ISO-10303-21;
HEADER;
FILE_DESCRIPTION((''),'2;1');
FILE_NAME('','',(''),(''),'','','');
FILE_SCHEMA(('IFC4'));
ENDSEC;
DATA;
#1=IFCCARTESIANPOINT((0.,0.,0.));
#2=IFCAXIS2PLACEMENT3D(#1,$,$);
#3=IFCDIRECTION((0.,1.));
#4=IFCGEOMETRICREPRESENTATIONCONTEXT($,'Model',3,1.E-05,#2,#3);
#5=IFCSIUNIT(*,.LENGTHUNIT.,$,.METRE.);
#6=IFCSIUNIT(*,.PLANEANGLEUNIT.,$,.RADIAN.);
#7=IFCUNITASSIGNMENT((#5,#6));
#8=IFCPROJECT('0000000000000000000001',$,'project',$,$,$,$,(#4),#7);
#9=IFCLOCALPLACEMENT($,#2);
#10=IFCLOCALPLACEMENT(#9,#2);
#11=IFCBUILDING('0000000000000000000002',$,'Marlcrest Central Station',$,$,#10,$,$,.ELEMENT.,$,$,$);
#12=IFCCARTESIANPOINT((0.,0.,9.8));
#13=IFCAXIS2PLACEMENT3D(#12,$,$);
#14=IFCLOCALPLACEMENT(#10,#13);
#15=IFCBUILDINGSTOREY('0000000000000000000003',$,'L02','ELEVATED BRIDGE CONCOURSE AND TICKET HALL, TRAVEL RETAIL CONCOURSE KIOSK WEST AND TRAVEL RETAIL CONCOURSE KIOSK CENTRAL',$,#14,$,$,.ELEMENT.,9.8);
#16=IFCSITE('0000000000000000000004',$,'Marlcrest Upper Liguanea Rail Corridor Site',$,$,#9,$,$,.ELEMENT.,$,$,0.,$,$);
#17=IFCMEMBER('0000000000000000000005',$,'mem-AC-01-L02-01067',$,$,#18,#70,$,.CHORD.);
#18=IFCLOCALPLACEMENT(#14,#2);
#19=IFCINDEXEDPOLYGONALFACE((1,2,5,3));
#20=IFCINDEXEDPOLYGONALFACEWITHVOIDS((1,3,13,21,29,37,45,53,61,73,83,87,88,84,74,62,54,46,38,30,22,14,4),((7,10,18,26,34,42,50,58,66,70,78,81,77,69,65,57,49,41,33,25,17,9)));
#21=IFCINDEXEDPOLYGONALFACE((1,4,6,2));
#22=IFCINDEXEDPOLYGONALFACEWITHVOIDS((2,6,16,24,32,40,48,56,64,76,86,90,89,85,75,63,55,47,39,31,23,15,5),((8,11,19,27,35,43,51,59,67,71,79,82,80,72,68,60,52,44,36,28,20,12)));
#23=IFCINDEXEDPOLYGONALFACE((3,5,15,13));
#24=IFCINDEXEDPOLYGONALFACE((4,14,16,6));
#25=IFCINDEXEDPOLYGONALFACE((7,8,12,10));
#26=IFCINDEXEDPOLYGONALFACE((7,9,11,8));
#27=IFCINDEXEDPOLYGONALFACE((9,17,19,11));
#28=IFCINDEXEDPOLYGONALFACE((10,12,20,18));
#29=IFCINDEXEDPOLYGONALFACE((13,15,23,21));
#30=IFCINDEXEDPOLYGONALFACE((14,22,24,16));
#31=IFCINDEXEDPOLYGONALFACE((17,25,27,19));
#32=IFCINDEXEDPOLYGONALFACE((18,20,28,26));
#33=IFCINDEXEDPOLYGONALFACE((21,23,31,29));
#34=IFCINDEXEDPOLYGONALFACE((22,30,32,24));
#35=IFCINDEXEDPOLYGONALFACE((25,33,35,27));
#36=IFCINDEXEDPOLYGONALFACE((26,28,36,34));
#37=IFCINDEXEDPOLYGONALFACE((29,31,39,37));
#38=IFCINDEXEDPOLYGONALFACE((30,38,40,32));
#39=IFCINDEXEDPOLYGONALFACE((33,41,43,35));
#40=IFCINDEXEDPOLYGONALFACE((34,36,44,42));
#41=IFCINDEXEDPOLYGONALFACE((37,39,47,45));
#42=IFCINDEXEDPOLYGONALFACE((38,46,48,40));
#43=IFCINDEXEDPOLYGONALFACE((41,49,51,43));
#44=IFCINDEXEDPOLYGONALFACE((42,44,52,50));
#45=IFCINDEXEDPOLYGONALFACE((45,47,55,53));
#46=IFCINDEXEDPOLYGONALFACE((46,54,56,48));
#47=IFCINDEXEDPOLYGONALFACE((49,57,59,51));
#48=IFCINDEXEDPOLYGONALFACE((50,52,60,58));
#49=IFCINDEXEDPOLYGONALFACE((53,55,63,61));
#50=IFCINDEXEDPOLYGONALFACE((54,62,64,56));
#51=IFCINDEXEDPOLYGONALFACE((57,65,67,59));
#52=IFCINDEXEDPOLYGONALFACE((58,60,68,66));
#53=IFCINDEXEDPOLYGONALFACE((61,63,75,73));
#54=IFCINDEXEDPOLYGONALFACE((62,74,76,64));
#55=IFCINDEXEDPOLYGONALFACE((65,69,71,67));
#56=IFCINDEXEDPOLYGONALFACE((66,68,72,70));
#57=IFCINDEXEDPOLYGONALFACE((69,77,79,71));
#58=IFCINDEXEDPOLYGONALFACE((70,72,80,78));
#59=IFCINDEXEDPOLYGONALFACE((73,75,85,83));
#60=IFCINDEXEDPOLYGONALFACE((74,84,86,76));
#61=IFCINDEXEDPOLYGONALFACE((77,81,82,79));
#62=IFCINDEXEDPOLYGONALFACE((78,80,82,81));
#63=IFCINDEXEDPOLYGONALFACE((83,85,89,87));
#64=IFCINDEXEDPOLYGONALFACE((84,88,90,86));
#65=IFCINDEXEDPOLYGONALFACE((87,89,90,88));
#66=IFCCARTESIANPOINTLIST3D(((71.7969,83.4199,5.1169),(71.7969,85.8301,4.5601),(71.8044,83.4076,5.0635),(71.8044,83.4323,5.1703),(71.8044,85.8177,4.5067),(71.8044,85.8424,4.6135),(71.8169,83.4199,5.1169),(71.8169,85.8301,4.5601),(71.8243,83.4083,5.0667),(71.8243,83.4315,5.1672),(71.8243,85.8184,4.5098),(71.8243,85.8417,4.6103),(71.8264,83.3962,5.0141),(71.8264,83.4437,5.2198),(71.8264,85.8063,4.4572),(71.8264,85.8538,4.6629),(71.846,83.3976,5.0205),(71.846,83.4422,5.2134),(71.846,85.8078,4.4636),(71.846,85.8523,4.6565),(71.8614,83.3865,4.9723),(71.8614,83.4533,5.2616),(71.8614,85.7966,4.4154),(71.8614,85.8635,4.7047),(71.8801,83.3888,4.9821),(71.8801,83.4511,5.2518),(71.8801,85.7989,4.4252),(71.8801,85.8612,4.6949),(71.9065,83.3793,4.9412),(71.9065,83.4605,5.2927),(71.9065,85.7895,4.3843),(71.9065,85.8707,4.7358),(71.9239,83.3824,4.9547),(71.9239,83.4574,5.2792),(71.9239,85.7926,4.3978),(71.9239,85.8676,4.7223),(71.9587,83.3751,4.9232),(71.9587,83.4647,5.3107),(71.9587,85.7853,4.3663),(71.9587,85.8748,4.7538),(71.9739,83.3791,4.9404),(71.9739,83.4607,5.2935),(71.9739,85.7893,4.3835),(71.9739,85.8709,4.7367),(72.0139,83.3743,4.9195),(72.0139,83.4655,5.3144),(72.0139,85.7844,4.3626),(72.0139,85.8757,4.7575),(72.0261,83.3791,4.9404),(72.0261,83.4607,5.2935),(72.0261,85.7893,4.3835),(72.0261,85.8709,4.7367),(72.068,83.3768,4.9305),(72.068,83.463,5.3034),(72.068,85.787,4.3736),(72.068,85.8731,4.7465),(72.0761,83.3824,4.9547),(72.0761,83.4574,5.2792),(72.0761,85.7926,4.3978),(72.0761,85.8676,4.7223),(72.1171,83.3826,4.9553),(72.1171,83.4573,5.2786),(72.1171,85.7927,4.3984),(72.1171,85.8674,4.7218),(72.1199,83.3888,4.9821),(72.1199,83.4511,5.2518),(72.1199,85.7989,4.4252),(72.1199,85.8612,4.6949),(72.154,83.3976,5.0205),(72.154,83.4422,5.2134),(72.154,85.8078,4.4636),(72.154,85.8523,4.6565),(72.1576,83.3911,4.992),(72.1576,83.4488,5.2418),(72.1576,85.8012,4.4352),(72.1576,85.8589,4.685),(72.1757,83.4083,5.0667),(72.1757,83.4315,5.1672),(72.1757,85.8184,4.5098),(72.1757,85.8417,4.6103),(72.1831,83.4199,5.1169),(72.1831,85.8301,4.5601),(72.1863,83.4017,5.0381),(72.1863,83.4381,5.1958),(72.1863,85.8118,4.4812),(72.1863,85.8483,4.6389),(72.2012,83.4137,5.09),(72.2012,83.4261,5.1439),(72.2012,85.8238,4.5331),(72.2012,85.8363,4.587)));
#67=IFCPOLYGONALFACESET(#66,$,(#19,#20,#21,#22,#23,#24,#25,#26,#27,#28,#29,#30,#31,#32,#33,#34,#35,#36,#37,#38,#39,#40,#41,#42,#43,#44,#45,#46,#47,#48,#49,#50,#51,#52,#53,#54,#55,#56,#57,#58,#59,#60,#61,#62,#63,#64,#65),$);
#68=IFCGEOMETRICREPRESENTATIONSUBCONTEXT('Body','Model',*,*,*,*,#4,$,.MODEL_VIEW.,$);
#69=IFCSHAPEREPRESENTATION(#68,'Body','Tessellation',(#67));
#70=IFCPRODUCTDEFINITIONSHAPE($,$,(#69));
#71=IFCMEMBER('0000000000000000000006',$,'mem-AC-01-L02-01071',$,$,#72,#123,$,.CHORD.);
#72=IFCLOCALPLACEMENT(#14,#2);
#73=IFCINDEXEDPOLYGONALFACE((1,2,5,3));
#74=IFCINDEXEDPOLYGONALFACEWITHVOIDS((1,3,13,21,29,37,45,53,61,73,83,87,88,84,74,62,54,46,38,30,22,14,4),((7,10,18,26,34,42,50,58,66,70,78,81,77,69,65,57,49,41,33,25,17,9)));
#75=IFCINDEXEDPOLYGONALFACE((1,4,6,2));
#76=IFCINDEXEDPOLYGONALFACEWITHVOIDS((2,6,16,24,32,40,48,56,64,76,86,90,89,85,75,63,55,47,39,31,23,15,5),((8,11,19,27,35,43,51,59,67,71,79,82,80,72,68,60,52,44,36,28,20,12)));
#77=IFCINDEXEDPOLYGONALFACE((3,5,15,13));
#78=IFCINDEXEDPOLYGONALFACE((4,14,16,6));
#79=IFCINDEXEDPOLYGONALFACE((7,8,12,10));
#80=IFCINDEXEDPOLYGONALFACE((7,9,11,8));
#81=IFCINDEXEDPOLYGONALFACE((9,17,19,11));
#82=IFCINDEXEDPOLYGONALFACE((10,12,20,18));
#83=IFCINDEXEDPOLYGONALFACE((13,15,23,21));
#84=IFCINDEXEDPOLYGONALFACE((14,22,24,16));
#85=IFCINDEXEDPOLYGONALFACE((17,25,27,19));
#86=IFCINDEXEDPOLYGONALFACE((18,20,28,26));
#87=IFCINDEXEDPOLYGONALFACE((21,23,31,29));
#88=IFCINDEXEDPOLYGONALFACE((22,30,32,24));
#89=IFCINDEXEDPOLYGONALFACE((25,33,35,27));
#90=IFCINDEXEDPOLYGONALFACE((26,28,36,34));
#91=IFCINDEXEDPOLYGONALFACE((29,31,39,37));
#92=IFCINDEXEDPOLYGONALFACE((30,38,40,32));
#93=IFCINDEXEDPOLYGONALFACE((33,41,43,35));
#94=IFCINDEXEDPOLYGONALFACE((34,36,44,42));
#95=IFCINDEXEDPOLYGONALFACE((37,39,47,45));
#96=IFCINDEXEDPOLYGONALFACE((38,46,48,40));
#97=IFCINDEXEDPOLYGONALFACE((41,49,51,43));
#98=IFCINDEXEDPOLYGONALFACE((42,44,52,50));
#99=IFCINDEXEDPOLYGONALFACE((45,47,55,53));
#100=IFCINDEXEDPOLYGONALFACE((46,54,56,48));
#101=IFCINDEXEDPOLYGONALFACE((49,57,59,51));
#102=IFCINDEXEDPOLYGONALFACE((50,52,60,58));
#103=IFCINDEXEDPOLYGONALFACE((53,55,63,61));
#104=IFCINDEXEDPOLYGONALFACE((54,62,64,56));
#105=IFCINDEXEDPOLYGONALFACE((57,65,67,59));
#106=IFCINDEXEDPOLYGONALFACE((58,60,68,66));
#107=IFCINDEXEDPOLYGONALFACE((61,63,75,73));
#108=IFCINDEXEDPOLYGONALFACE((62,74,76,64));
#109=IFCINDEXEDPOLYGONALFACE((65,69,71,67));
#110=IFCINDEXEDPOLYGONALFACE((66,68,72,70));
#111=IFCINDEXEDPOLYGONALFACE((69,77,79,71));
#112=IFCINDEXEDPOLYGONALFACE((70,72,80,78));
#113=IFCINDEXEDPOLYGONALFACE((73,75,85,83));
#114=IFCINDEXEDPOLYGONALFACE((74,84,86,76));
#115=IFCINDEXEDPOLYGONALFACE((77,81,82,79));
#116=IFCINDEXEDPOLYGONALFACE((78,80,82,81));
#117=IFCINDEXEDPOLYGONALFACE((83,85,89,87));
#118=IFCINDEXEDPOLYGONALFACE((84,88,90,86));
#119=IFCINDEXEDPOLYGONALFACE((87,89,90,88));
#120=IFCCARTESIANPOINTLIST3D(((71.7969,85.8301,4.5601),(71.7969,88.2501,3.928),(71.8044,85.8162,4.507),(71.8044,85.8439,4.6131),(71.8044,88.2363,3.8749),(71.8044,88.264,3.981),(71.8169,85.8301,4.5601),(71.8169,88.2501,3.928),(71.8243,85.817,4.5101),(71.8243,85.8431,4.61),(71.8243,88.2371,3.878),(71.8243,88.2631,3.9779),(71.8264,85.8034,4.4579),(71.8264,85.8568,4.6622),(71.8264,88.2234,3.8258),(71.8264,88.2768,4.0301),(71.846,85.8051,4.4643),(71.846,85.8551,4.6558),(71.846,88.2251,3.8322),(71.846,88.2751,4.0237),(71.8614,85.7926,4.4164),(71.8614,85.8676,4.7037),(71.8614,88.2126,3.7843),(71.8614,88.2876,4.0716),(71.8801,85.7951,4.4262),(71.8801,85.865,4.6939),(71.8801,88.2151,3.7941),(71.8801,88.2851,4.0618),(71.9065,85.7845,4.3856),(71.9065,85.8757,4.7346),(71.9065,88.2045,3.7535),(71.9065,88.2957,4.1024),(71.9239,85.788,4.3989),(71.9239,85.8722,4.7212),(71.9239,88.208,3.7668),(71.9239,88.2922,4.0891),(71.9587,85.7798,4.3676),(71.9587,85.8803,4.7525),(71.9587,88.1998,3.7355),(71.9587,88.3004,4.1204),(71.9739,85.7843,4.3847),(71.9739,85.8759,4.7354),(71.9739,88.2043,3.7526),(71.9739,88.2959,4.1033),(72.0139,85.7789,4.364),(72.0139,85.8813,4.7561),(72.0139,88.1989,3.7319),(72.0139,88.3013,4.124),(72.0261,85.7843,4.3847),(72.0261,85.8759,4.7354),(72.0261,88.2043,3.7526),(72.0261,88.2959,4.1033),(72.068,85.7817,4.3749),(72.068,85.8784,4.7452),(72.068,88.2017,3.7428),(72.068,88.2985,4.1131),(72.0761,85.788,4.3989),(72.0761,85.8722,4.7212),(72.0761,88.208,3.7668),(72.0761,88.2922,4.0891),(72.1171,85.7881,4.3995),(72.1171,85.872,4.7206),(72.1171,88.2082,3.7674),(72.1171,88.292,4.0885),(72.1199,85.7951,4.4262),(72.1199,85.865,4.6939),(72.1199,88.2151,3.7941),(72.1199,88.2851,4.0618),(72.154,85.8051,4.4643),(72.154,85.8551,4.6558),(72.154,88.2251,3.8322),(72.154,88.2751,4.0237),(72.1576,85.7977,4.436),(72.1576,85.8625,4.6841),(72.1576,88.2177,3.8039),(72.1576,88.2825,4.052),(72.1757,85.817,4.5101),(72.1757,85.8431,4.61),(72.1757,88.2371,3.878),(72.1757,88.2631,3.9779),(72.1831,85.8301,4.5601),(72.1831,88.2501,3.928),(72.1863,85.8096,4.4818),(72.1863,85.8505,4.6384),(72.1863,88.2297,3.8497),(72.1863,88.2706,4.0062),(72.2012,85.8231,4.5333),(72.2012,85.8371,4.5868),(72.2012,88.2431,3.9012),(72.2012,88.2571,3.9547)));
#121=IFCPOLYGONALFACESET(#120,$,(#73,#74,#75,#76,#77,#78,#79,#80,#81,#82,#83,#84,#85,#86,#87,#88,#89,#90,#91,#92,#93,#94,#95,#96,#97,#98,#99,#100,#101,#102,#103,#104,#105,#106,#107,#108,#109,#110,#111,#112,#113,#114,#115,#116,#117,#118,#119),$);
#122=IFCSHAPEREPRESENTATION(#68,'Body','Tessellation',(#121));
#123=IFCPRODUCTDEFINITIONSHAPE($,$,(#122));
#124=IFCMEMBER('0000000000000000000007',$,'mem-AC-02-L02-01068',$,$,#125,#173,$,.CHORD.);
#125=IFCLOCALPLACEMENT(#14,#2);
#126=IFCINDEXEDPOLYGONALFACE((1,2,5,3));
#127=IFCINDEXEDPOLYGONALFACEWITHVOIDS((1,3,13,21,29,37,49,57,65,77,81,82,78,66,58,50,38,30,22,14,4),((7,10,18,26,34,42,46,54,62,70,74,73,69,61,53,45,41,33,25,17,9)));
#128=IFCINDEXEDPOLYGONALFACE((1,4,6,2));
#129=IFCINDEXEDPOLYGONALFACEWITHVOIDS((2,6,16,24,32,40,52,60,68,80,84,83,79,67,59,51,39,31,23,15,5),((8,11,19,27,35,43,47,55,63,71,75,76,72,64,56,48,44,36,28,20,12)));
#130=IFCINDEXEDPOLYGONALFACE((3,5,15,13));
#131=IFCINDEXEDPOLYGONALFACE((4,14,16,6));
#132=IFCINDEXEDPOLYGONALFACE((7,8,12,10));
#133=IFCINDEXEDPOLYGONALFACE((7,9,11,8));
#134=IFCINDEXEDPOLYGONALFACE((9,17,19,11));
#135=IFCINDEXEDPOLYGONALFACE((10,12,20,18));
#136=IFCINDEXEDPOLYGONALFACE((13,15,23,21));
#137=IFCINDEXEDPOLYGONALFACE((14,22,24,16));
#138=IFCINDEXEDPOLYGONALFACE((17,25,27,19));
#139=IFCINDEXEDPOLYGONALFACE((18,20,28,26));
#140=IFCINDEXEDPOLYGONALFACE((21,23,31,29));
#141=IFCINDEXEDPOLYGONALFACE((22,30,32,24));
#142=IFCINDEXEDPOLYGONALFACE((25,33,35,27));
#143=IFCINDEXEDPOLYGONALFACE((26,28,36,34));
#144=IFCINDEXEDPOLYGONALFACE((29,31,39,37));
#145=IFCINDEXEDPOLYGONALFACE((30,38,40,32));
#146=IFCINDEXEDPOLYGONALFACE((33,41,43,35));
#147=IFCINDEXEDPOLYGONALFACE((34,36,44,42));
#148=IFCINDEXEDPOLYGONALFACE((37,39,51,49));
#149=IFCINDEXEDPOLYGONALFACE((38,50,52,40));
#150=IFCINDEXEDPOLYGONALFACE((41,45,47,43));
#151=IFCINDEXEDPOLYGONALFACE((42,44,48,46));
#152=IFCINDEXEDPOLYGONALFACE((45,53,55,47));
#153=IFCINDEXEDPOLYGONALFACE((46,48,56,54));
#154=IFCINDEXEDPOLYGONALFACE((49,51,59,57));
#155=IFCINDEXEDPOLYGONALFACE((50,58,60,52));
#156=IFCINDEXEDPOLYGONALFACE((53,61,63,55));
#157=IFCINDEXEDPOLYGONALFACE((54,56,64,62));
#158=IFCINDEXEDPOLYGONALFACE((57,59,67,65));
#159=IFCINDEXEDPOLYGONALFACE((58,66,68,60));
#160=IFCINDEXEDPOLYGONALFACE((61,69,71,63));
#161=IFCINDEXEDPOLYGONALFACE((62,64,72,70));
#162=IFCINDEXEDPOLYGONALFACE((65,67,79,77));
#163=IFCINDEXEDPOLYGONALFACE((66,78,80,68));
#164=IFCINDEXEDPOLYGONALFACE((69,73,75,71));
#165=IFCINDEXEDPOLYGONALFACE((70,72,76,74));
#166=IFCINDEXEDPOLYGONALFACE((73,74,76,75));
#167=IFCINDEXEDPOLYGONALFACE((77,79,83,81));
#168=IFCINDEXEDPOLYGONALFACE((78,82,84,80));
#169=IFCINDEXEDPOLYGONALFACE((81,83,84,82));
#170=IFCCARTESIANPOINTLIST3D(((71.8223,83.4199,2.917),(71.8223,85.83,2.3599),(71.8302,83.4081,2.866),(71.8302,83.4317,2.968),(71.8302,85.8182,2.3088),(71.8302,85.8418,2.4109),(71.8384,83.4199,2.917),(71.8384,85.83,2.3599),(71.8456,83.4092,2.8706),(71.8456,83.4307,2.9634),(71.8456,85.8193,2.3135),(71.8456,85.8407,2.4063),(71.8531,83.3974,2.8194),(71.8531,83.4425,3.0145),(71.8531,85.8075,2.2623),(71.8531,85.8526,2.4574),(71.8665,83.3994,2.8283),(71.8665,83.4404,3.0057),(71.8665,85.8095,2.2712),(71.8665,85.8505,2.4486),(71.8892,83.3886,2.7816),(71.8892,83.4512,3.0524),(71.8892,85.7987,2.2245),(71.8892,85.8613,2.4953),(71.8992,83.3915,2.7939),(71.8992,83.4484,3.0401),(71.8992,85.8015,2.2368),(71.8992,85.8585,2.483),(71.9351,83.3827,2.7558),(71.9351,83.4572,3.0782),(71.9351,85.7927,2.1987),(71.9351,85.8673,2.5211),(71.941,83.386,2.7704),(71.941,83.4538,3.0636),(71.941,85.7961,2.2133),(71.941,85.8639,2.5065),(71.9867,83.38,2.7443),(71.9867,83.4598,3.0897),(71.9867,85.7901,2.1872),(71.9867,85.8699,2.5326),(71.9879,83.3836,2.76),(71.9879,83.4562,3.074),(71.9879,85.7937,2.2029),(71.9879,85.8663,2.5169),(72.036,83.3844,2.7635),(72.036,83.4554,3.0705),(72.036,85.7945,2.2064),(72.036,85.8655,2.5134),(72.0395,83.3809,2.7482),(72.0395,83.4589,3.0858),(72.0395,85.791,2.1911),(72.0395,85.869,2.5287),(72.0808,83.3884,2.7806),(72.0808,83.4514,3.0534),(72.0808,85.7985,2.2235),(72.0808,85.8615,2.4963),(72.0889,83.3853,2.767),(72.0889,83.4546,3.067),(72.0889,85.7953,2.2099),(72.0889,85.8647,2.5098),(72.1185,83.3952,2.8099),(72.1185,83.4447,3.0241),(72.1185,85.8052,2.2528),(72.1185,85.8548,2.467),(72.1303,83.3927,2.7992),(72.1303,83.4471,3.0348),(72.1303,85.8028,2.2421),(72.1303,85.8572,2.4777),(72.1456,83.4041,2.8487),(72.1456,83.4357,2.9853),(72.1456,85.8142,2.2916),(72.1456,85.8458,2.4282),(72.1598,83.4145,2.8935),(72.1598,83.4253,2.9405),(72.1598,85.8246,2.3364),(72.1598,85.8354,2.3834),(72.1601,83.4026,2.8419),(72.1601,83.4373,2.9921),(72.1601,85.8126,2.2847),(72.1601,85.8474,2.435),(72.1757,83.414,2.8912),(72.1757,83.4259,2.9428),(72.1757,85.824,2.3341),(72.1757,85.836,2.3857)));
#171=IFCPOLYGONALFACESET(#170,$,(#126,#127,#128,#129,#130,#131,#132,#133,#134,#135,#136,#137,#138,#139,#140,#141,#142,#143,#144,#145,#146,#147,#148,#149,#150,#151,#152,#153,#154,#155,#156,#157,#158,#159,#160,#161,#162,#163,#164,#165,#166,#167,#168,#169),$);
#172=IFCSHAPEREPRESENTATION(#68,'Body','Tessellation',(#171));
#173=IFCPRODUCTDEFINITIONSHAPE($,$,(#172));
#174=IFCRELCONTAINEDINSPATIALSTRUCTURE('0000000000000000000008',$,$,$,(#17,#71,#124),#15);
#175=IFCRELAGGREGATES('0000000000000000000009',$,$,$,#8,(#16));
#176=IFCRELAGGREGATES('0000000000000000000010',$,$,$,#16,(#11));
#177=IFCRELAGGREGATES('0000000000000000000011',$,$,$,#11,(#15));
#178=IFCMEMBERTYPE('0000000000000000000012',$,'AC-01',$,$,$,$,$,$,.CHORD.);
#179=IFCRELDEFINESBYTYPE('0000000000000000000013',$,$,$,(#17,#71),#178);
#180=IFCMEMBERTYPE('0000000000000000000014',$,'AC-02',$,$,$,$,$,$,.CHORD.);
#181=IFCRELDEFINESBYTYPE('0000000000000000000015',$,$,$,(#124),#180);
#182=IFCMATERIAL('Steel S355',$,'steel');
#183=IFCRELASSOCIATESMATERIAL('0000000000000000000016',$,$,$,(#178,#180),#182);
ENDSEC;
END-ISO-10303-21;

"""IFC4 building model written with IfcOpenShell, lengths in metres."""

from ifc_helpers import new_model, si_unit, direction, frame, origin, origin_2d, place, context, subcontext, project, spatial, hollow_circle, extrude, material, material_profile, profile_set, type_object, element, save


model = new_model("IFC4")

# Units and contexts
model_context = context("Model", 3, precision=1e-05, world=origin(), true_north=direction((0.0, 1.0)))
body_context = subcontext(model_context, "Body", "Model", "MODEL_VIEW")
ifc_project = project(units=[si_unit("LENGTHUNIT", "METRE"), si_unit("PLANEANGLEUNIT", "RADIAN")], contexts=[model_context])

# Site, building, storey
site_placement = place(None, origin())
site = spatial("IfcSite", under=ifc_project, at=site_placement, Name="Marlcrest Upper Liguanea Rail Corridor Site", CompositionType="ELEMENT", RefElevation=0.0)
building_placement = place(site_placement, origin())
building = spatial("IfcBuilding", under=site, at=building_placement, Name="Marlcrest Central Station", CompositionType="ELEMENT")
storey_placement = place(building_placement, frame((0.0, 0.0, 9.8)))
storey = spatial("IfcBuildingStorey", under=building, at=storey_placement, Name="L02", Description="ELEVATED BRIDGE CONCOURSE AND TICKET HALL, TRAVEL RETAIL CONCOURSE KIOSK WEST AND TRAVEL RETAIL CONCOURSE KIOSK CENTRAL", CompositionType="ELEMENT", Elevation=9.8)

# Members
ifc_material_1 = material(Name="Steel S355", Category="steel")
ifc_material_profile_1 = material_profile(ifc_material_1, hollow_circle(Radius=0.2031, WallThickness=0.02, at=origin_2d()), Name="CHS 406.4x20")
ifc_profile_set_1 = profile_set([ifc_material_profile_1], Name="Steel S355")
member_type_1 = type_object("IfcMemberType", Name="AC-01", PredefinedType="CHORD", material=ifc_profile_set_1)
member_1_placement = place(storey_placement, frame((72.0, 83.4199, 5.1169), z_axis=(0.0, 0.97433, -0.225126), x_axis=(-1.0, 0.0, 0.0)))
element("IfcMember", 1, at=member_1_placement, inside=storey, type_object=member_type_1, Name="mem-AC-01-L02-01067", PredefinedType="CHORD", context=body_context, shape_type="SweptSolid", body=[
    extrude(hollow_circle(Radius=0.2031, WallThickness=0.02, at=origin_2d()), origin(), (0.0, 0.0, 1.0), 2.4736),
])
member_2_placement = place(storey_placement, frame((72.0, 85.8301, 4.5601), z_axis=(0.0, 0.967539, -0.25272), x_axis=(-1.0, 0.0, 0.0)))
element("IfcMember", 2, at=member_2_placement, inside=storey, type_object=member_type_1, Name="mem-AC-01-L02-01071", PredefinedType="CHORD", context=body_context, shape_type="SweptSolid", body=[
    extrude(hollow_circle(Radius=0.2031, WallThickness=0.02, at=origin_2d()), origin(), (0.0, 0.0, 1.0), 2.5012),
])
ifc_material_profile_2 = material_profile(ifc_material_1, hollow_circle(Radius=0.1777, WallThickness=0.0161, at=origin_2d()), Name="CHS 355.6x16")
ifc_profile_set_2 = profile_set([ifc_material_profile_2], Name="Steel S355")
member_type_2 = type_object("IfcMemberType", Name="AC-02", PredefinedType="CHORD", material=ifc_profile_set_2)
member_3_placement = place(storey_placement, frame((72.0, 83.4199, 2.917), z_axis=(0.0, 0.974308, -0.22522), x_axis=(-1.0, 0.0, 0.0)))
element("IfcMember", 3, at=member_3_placement, inside=storey, type_object=member_type_2, Name="mem-AC-02-L02-01068", PredefinedType="CHORD", context=body_context, shape_type="SweptSolid", body=[
    extrude(hollow_circle(Radius=0.1777, WallThickness=0.0161, at=origin_2d()), origin(), (0.0, 0.0, 1.0), 2.4736),
])

save(model, "model.ifc")
